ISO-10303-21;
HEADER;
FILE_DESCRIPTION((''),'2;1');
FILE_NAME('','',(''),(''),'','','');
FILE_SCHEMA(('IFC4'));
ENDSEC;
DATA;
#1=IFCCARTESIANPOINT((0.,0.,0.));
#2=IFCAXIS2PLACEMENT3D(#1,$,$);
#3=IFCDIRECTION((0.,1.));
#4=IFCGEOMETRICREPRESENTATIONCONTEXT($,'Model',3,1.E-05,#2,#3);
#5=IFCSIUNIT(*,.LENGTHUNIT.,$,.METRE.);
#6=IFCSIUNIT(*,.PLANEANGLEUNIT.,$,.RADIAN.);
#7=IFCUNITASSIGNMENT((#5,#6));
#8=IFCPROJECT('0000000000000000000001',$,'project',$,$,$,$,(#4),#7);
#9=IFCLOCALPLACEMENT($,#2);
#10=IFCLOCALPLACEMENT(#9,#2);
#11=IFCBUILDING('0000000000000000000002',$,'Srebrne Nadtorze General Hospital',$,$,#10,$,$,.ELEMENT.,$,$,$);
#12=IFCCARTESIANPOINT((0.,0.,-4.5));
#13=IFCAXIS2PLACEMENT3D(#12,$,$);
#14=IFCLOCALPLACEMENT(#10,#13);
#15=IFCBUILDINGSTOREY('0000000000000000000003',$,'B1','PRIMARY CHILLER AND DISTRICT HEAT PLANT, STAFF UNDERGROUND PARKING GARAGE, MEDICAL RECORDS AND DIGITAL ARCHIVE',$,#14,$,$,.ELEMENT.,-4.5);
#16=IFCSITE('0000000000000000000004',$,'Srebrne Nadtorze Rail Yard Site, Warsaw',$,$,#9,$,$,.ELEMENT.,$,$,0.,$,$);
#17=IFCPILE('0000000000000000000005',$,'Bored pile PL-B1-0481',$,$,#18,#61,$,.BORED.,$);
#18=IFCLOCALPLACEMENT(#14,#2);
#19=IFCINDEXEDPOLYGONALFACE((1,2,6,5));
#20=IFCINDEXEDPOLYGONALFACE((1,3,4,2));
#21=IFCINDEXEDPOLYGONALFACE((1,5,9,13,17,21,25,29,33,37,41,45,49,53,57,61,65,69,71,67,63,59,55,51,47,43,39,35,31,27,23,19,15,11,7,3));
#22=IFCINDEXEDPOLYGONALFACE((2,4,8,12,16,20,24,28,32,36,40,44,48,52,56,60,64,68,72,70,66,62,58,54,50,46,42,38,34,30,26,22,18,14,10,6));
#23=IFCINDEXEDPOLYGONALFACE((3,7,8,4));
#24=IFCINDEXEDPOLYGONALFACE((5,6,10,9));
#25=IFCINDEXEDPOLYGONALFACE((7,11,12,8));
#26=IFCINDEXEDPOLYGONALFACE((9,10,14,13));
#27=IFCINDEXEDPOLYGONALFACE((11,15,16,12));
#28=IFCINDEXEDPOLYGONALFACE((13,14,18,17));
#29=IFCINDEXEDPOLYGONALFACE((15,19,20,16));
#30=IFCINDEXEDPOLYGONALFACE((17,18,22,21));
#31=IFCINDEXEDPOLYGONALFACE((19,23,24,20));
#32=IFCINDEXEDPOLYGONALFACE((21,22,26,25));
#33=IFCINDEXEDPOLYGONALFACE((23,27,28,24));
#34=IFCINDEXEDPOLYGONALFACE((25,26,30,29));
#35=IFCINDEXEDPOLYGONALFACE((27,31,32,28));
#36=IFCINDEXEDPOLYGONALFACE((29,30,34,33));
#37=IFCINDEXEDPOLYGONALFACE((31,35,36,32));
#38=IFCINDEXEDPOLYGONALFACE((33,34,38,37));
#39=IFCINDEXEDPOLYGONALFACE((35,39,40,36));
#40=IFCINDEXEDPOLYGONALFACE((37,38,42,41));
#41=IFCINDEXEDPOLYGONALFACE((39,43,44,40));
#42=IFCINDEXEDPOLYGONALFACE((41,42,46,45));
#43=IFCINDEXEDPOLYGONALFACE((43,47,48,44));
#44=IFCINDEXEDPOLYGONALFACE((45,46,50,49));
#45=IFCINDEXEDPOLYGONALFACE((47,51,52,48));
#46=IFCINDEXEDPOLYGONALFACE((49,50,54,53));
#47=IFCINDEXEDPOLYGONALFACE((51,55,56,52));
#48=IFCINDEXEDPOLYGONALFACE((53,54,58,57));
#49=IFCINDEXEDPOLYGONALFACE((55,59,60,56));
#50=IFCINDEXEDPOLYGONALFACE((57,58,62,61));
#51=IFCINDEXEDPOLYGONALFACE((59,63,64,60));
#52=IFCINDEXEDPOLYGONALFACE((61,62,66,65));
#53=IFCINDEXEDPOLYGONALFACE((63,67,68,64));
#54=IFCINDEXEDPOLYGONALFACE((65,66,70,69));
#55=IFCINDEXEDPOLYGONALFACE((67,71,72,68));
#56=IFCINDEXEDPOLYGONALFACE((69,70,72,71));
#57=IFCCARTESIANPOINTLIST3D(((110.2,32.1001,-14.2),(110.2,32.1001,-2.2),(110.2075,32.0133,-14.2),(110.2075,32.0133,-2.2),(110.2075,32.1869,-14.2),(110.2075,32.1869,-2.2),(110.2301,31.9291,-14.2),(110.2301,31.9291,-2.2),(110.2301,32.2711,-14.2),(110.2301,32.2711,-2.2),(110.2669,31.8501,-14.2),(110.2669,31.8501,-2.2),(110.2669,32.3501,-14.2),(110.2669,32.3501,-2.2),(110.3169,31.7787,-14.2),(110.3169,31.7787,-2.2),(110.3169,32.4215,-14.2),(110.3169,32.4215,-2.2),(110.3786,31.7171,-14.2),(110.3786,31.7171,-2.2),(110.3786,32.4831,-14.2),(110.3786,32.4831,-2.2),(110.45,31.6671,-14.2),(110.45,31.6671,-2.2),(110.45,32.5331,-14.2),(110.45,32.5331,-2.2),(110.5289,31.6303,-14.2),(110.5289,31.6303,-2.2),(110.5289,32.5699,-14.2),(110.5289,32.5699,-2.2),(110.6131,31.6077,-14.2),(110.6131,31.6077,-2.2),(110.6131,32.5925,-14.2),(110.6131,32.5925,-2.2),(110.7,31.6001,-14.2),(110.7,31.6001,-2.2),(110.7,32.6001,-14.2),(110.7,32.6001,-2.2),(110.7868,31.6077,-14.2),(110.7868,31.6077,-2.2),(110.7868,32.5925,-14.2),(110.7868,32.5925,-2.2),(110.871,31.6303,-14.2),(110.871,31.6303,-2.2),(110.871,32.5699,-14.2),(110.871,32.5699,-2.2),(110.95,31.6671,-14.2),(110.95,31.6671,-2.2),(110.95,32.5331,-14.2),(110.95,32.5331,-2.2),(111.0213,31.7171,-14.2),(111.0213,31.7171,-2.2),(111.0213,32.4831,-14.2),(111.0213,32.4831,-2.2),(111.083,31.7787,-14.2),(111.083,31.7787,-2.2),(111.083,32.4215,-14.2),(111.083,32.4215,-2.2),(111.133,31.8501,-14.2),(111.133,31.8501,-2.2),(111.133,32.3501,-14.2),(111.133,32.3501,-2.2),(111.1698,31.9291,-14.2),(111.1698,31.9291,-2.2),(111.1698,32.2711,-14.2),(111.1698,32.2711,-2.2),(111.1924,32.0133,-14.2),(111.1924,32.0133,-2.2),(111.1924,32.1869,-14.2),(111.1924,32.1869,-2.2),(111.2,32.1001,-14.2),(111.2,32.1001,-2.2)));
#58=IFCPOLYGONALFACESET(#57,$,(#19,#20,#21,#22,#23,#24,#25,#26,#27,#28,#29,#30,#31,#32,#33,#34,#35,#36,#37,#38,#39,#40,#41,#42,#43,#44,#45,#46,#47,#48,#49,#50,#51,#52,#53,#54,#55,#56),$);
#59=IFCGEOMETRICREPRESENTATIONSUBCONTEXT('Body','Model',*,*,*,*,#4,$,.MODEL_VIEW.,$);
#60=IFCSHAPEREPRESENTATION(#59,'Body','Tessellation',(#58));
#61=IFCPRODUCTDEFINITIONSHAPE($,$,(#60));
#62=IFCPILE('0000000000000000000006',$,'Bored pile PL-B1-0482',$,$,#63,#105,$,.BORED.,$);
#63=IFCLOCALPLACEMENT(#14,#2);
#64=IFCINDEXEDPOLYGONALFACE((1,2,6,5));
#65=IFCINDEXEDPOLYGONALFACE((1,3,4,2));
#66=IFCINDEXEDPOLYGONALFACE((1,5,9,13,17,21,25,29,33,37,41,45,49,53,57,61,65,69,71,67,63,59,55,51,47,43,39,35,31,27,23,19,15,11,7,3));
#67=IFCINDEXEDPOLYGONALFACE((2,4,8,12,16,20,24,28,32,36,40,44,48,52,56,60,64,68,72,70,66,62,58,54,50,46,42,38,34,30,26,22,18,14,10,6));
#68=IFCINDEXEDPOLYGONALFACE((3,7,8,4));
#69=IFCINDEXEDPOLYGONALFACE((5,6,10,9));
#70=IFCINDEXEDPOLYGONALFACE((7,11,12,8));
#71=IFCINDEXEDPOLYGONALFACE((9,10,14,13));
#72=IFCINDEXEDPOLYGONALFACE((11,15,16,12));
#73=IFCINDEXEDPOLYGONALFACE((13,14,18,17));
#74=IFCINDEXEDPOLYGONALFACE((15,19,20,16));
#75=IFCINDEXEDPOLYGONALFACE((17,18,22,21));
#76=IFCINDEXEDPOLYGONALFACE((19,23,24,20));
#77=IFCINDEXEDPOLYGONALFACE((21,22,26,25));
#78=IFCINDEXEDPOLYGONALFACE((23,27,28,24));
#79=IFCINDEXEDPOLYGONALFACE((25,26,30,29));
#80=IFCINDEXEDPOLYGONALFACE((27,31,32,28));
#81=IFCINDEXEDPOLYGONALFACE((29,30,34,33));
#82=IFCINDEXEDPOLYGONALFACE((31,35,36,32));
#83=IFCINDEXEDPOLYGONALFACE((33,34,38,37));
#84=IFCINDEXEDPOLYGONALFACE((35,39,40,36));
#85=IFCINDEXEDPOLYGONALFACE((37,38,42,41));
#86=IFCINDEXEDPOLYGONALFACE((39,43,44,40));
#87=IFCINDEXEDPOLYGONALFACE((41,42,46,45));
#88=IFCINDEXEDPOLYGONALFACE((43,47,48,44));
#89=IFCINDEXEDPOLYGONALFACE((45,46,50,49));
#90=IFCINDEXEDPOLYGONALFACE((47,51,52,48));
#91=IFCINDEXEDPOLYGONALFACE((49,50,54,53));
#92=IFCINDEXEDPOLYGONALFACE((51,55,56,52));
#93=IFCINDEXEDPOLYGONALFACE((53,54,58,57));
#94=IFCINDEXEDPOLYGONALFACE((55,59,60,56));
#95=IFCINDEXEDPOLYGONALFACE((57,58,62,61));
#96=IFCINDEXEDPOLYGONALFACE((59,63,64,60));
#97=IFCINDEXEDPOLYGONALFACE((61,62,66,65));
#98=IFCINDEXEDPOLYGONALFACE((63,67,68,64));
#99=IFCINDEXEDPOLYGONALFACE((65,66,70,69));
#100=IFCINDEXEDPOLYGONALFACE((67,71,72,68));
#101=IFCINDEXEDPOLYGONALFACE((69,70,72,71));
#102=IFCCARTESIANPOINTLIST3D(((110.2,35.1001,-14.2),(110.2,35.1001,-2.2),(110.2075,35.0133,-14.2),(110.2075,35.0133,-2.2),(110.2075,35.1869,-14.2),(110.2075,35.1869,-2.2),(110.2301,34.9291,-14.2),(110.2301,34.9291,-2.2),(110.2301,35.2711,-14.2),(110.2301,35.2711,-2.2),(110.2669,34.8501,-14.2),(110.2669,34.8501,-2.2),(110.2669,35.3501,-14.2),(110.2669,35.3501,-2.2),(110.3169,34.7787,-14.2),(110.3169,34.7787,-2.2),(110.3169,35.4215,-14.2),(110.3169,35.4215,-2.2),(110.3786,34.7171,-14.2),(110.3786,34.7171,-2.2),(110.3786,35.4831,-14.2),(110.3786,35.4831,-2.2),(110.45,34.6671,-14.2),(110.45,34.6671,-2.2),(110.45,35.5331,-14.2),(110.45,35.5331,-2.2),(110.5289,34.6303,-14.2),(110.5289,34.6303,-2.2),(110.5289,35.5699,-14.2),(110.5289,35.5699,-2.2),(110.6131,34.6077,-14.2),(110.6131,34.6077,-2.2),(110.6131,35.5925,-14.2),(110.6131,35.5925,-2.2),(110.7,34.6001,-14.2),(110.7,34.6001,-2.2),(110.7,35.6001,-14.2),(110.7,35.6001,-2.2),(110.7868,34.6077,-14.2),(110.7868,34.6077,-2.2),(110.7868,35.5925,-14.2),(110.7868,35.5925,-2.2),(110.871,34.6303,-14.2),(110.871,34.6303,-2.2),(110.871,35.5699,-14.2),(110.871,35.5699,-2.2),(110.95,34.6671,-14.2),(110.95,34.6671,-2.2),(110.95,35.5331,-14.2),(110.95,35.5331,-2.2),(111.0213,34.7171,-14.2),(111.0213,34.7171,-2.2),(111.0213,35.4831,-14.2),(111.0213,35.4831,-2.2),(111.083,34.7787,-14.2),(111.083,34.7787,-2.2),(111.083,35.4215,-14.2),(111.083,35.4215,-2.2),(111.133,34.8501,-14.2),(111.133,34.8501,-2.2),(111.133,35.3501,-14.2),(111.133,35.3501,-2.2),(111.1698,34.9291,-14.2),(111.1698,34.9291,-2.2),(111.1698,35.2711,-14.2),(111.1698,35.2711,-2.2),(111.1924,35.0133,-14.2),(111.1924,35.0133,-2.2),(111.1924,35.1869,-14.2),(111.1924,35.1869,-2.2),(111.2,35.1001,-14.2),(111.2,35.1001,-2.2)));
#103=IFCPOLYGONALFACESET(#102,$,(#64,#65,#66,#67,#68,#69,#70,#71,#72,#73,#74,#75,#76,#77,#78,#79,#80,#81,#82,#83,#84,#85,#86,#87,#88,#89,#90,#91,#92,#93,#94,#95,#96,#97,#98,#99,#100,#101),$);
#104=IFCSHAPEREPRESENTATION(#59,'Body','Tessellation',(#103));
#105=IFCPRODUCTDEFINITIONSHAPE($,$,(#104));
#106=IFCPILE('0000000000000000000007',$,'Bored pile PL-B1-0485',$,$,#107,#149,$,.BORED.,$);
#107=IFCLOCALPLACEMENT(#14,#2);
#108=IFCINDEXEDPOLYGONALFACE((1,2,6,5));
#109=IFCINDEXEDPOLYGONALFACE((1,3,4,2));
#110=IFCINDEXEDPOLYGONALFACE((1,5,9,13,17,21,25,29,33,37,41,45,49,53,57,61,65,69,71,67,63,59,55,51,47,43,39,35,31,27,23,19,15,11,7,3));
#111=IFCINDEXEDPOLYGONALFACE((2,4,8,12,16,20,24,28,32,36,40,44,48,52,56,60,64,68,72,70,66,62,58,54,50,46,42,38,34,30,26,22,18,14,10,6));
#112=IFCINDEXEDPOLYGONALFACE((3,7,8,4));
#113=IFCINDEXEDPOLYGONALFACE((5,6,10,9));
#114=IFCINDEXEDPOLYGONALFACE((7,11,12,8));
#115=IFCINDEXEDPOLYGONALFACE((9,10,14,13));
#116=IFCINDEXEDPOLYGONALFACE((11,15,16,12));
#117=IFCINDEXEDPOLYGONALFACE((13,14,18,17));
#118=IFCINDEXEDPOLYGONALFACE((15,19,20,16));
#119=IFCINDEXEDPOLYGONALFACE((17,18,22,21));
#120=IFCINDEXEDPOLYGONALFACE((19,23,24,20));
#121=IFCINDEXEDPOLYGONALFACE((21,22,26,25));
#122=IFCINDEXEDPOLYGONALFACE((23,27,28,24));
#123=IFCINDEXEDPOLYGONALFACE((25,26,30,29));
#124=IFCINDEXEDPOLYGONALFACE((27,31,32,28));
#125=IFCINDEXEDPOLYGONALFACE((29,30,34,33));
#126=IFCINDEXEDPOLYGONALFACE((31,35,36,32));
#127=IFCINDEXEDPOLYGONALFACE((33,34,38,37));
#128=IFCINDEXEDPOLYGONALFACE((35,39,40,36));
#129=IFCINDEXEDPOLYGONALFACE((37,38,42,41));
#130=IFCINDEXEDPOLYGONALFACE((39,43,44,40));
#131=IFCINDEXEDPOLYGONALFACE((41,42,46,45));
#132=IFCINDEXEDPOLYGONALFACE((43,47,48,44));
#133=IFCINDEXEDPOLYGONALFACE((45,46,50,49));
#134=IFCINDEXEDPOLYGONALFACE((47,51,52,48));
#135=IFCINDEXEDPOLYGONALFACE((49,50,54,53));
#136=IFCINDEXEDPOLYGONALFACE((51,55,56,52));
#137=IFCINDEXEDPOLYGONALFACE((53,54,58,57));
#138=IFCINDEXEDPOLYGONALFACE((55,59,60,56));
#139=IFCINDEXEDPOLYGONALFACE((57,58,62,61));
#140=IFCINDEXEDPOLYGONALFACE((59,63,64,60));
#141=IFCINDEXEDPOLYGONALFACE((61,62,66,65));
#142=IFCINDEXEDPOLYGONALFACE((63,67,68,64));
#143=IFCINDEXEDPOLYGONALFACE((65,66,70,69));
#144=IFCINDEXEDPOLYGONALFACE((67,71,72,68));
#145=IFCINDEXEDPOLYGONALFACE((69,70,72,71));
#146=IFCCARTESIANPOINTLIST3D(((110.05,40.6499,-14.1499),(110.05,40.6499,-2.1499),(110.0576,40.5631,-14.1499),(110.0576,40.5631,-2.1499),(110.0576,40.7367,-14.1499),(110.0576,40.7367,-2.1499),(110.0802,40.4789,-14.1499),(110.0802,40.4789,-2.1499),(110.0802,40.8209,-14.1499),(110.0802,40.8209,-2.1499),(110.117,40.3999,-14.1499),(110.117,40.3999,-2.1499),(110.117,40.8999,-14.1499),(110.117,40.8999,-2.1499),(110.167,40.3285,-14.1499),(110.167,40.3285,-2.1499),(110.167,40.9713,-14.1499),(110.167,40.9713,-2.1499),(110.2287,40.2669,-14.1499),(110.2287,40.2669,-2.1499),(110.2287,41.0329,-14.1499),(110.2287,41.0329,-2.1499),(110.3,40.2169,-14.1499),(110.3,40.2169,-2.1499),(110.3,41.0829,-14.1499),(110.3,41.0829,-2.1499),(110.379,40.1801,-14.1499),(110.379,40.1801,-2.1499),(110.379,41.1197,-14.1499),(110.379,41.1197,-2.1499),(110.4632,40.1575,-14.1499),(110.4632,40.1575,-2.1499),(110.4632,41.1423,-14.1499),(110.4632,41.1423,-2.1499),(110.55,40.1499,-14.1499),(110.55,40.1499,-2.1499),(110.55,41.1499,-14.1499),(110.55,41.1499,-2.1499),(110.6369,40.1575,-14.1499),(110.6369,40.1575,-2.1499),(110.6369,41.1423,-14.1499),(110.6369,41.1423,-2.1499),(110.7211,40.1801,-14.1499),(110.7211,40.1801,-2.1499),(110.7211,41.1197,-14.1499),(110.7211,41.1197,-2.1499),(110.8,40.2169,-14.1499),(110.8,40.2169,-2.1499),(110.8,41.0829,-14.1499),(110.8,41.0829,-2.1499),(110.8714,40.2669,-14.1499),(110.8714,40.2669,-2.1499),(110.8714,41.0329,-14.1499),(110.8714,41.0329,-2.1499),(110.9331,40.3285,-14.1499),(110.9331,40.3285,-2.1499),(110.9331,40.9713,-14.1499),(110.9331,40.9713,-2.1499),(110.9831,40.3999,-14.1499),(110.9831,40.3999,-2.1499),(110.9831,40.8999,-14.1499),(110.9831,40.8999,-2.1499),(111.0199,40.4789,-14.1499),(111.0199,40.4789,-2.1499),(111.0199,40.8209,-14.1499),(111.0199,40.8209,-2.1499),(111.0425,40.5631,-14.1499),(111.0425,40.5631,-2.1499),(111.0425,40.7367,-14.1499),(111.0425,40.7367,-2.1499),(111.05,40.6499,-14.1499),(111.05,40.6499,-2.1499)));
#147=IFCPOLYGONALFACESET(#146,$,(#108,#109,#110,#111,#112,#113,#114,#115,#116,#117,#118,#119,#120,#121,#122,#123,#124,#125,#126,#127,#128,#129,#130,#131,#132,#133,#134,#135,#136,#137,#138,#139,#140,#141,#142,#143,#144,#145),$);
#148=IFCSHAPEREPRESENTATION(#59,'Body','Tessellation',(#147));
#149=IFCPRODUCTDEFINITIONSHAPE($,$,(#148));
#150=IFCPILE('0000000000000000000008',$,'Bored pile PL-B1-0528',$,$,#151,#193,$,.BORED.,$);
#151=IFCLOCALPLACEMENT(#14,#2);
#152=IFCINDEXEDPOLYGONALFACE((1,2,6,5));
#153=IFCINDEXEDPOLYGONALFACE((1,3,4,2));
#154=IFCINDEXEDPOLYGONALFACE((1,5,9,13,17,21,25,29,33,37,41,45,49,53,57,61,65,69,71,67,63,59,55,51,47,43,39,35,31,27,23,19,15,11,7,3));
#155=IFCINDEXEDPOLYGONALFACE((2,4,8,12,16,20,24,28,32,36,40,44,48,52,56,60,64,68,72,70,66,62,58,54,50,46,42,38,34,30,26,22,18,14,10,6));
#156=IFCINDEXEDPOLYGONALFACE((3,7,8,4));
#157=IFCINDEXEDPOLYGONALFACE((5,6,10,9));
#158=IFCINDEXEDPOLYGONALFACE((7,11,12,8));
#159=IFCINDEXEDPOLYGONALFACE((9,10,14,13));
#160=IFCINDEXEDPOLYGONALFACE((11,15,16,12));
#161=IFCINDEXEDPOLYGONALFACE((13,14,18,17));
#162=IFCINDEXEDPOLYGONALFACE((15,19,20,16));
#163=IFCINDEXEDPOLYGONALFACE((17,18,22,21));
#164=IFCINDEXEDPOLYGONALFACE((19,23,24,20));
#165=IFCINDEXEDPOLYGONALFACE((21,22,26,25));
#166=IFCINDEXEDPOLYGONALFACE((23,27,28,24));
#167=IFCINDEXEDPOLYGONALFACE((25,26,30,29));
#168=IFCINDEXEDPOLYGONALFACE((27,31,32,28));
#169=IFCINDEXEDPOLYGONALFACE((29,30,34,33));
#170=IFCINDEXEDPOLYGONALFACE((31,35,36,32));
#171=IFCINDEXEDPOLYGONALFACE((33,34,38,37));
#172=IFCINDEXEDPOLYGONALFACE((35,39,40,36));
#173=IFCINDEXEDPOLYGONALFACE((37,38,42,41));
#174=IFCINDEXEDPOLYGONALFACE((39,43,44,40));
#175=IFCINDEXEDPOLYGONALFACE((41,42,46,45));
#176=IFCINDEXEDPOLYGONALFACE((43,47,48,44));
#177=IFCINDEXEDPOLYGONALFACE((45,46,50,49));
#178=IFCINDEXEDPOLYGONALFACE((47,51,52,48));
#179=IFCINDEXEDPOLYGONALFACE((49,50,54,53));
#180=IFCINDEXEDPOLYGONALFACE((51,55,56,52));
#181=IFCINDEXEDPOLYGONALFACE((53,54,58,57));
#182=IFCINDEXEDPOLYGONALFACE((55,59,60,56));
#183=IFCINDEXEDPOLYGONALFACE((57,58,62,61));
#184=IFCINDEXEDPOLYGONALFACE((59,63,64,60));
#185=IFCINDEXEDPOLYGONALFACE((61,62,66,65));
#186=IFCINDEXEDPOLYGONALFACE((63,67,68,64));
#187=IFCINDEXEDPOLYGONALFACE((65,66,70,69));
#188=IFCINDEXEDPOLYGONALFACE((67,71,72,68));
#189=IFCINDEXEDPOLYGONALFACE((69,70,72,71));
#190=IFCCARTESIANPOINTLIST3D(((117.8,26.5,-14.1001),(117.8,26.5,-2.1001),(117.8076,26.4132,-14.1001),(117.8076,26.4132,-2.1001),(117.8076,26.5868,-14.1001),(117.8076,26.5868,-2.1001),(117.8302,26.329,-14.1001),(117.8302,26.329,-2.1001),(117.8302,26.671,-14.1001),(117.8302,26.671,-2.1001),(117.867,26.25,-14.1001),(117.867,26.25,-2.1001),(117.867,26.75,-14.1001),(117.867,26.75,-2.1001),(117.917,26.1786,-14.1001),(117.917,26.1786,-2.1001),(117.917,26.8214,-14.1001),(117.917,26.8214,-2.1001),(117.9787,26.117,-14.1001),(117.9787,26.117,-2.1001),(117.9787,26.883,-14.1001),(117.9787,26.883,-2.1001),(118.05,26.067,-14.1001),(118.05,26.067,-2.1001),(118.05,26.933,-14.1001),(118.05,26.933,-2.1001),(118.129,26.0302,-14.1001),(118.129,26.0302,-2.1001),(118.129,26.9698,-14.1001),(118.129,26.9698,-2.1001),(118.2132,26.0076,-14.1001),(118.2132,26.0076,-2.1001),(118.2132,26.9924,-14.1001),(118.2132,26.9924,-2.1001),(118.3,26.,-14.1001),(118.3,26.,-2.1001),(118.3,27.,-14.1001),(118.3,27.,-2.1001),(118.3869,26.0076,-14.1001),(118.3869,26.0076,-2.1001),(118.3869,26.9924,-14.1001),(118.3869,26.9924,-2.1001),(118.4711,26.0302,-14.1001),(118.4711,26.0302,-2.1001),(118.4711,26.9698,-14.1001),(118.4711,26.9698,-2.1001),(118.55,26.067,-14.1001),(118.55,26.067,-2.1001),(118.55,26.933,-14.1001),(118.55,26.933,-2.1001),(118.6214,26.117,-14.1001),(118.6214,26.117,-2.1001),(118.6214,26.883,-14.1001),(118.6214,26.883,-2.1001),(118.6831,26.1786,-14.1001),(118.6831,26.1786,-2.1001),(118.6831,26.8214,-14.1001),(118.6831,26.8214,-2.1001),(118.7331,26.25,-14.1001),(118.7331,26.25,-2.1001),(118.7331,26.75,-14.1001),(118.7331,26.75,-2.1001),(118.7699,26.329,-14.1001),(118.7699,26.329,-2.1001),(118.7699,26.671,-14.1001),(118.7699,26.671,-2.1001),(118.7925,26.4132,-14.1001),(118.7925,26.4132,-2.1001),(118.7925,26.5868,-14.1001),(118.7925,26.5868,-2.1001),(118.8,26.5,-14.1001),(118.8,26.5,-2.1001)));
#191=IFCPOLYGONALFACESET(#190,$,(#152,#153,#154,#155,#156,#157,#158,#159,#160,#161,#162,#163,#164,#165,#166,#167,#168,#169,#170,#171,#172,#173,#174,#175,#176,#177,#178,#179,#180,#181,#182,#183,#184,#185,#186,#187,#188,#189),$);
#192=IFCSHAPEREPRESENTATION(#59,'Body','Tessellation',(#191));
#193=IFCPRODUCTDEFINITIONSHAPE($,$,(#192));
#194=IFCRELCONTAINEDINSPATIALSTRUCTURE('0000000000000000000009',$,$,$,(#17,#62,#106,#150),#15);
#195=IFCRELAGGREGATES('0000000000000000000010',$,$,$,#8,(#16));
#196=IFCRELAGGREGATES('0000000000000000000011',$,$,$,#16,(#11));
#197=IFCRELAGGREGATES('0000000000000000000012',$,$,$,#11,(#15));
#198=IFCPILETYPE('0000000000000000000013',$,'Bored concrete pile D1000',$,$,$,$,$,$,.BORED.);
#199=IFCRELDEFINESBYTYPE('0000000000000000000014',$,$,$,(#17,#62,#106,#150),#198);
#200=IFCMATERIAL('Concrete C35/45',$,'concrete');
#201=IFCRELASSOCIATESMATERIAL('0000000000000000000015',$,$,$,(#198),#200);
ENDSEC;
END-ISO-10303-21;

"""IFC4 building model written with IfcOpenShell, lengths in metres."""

from ifc_helpers import new_model, si_unit, direction, frame, origin, origin_2d, place, context, subcontext, project, spatial, circle, extrude, material, material_profile, profile_set, type_object, element, save


model = new_model("IFC4")

# Units and contexts
model_context = context("Model", 3, precision=1e-05, world=origin(), true_north=direction((0.0, 1.0)))
body_context = subcontext(model_context, "Body", "Model", "MODEL_VIEW")
ifc_project = project(units=[si_unit("LENGTHUNIT", "METRE"), si_unit("PLANEANGLEUNIT", "RADIAN")], contexts=[model_context])

# Site, building, storey
site_placement = place(None, origin())
site = spatial("IfcSite", under=ifc_project, at=site_placement, Name="Srebrne Nadtorze Rail Yard Site, Warsaw", CompositionType="ELEMENT", RefElevation=0.0)
building_placement = place(site_placement, origin())
building = spatial("IfcBuilding", under=site, at=building_placement, Name="Srebrne Nadtorze General Hospital", CompositionType="ELEMENT")
storey_placement = place(building_placement, frame((0.0, 0.0, -4.5)))
storey = spatial("IfcBuildingStorey", under=building, at=storey_placement, Name="B1", Description="PRIMARY CHILLER AND DISTRICT HEAT PLANT, STAFF UNDERGROUND PARKING GARAGE, MEDICAL RECORDS AND DIGITAL ARCHIVE", CompositionType="ELEMENT", Elevation=-4.5)

# Piles
ifc_material_1 = material(Name="Concrete C35/45", Category="concrete")
ifc_material_profile_1 = material_profile(ifc_material_1, circle(Radius=0.5, at=origin_2d()), Name="PILE-D1000")
ifc_profile_set_1 = profile_set([ifc_material_profile_1], Name="Concrete C35/45")
pile_type_1 = type_object("IfcPileType", Name="Bored concrete pile D1000", PredefinedType="BORED", material=ifc_profile_set_1)
for number, where, z_axis, x_axis, name in (
    (1, (110.7, 32.1001, -2.2), (0.0, 0.0, -1.0), (1.0, 0.0, 0.0), "Bored pile PL-B1-0481"),
    (2, (110.7, 35.1001, -2.2), (0.0, 0.0, -1.0), (1.0, 0.0, 0.0), "Bored pile PL-B1-0482"),
    (3, (110.55, 40.6499, -2.1499), (0.0, 0.0, -1.0), (1.0, 0.0, 0.0), "Bored pile PL-B1-0485"),
    (4, (118.3, 26.5, -2.1001), (0.0, 0.0, -1.0), (1.0, 0.0, 0.0), "Bored pile PL-B1-0528"),
):
    element("IfcPile", number, at=place(storey_placement, frame(where, z_axis=z_axis, x_axis=x_axis)), inside=storey, type_object=pile_type_1, Name=name, PredefinedType="BORED", context=body_context, shape_type="SweptSolid", body=[
        extrude(circle(Radius=0.5, at=origin_2d()), origin(), (0.0, 0.0, 1.0), 12.0),
    ])

save(model, "model.ifc")
